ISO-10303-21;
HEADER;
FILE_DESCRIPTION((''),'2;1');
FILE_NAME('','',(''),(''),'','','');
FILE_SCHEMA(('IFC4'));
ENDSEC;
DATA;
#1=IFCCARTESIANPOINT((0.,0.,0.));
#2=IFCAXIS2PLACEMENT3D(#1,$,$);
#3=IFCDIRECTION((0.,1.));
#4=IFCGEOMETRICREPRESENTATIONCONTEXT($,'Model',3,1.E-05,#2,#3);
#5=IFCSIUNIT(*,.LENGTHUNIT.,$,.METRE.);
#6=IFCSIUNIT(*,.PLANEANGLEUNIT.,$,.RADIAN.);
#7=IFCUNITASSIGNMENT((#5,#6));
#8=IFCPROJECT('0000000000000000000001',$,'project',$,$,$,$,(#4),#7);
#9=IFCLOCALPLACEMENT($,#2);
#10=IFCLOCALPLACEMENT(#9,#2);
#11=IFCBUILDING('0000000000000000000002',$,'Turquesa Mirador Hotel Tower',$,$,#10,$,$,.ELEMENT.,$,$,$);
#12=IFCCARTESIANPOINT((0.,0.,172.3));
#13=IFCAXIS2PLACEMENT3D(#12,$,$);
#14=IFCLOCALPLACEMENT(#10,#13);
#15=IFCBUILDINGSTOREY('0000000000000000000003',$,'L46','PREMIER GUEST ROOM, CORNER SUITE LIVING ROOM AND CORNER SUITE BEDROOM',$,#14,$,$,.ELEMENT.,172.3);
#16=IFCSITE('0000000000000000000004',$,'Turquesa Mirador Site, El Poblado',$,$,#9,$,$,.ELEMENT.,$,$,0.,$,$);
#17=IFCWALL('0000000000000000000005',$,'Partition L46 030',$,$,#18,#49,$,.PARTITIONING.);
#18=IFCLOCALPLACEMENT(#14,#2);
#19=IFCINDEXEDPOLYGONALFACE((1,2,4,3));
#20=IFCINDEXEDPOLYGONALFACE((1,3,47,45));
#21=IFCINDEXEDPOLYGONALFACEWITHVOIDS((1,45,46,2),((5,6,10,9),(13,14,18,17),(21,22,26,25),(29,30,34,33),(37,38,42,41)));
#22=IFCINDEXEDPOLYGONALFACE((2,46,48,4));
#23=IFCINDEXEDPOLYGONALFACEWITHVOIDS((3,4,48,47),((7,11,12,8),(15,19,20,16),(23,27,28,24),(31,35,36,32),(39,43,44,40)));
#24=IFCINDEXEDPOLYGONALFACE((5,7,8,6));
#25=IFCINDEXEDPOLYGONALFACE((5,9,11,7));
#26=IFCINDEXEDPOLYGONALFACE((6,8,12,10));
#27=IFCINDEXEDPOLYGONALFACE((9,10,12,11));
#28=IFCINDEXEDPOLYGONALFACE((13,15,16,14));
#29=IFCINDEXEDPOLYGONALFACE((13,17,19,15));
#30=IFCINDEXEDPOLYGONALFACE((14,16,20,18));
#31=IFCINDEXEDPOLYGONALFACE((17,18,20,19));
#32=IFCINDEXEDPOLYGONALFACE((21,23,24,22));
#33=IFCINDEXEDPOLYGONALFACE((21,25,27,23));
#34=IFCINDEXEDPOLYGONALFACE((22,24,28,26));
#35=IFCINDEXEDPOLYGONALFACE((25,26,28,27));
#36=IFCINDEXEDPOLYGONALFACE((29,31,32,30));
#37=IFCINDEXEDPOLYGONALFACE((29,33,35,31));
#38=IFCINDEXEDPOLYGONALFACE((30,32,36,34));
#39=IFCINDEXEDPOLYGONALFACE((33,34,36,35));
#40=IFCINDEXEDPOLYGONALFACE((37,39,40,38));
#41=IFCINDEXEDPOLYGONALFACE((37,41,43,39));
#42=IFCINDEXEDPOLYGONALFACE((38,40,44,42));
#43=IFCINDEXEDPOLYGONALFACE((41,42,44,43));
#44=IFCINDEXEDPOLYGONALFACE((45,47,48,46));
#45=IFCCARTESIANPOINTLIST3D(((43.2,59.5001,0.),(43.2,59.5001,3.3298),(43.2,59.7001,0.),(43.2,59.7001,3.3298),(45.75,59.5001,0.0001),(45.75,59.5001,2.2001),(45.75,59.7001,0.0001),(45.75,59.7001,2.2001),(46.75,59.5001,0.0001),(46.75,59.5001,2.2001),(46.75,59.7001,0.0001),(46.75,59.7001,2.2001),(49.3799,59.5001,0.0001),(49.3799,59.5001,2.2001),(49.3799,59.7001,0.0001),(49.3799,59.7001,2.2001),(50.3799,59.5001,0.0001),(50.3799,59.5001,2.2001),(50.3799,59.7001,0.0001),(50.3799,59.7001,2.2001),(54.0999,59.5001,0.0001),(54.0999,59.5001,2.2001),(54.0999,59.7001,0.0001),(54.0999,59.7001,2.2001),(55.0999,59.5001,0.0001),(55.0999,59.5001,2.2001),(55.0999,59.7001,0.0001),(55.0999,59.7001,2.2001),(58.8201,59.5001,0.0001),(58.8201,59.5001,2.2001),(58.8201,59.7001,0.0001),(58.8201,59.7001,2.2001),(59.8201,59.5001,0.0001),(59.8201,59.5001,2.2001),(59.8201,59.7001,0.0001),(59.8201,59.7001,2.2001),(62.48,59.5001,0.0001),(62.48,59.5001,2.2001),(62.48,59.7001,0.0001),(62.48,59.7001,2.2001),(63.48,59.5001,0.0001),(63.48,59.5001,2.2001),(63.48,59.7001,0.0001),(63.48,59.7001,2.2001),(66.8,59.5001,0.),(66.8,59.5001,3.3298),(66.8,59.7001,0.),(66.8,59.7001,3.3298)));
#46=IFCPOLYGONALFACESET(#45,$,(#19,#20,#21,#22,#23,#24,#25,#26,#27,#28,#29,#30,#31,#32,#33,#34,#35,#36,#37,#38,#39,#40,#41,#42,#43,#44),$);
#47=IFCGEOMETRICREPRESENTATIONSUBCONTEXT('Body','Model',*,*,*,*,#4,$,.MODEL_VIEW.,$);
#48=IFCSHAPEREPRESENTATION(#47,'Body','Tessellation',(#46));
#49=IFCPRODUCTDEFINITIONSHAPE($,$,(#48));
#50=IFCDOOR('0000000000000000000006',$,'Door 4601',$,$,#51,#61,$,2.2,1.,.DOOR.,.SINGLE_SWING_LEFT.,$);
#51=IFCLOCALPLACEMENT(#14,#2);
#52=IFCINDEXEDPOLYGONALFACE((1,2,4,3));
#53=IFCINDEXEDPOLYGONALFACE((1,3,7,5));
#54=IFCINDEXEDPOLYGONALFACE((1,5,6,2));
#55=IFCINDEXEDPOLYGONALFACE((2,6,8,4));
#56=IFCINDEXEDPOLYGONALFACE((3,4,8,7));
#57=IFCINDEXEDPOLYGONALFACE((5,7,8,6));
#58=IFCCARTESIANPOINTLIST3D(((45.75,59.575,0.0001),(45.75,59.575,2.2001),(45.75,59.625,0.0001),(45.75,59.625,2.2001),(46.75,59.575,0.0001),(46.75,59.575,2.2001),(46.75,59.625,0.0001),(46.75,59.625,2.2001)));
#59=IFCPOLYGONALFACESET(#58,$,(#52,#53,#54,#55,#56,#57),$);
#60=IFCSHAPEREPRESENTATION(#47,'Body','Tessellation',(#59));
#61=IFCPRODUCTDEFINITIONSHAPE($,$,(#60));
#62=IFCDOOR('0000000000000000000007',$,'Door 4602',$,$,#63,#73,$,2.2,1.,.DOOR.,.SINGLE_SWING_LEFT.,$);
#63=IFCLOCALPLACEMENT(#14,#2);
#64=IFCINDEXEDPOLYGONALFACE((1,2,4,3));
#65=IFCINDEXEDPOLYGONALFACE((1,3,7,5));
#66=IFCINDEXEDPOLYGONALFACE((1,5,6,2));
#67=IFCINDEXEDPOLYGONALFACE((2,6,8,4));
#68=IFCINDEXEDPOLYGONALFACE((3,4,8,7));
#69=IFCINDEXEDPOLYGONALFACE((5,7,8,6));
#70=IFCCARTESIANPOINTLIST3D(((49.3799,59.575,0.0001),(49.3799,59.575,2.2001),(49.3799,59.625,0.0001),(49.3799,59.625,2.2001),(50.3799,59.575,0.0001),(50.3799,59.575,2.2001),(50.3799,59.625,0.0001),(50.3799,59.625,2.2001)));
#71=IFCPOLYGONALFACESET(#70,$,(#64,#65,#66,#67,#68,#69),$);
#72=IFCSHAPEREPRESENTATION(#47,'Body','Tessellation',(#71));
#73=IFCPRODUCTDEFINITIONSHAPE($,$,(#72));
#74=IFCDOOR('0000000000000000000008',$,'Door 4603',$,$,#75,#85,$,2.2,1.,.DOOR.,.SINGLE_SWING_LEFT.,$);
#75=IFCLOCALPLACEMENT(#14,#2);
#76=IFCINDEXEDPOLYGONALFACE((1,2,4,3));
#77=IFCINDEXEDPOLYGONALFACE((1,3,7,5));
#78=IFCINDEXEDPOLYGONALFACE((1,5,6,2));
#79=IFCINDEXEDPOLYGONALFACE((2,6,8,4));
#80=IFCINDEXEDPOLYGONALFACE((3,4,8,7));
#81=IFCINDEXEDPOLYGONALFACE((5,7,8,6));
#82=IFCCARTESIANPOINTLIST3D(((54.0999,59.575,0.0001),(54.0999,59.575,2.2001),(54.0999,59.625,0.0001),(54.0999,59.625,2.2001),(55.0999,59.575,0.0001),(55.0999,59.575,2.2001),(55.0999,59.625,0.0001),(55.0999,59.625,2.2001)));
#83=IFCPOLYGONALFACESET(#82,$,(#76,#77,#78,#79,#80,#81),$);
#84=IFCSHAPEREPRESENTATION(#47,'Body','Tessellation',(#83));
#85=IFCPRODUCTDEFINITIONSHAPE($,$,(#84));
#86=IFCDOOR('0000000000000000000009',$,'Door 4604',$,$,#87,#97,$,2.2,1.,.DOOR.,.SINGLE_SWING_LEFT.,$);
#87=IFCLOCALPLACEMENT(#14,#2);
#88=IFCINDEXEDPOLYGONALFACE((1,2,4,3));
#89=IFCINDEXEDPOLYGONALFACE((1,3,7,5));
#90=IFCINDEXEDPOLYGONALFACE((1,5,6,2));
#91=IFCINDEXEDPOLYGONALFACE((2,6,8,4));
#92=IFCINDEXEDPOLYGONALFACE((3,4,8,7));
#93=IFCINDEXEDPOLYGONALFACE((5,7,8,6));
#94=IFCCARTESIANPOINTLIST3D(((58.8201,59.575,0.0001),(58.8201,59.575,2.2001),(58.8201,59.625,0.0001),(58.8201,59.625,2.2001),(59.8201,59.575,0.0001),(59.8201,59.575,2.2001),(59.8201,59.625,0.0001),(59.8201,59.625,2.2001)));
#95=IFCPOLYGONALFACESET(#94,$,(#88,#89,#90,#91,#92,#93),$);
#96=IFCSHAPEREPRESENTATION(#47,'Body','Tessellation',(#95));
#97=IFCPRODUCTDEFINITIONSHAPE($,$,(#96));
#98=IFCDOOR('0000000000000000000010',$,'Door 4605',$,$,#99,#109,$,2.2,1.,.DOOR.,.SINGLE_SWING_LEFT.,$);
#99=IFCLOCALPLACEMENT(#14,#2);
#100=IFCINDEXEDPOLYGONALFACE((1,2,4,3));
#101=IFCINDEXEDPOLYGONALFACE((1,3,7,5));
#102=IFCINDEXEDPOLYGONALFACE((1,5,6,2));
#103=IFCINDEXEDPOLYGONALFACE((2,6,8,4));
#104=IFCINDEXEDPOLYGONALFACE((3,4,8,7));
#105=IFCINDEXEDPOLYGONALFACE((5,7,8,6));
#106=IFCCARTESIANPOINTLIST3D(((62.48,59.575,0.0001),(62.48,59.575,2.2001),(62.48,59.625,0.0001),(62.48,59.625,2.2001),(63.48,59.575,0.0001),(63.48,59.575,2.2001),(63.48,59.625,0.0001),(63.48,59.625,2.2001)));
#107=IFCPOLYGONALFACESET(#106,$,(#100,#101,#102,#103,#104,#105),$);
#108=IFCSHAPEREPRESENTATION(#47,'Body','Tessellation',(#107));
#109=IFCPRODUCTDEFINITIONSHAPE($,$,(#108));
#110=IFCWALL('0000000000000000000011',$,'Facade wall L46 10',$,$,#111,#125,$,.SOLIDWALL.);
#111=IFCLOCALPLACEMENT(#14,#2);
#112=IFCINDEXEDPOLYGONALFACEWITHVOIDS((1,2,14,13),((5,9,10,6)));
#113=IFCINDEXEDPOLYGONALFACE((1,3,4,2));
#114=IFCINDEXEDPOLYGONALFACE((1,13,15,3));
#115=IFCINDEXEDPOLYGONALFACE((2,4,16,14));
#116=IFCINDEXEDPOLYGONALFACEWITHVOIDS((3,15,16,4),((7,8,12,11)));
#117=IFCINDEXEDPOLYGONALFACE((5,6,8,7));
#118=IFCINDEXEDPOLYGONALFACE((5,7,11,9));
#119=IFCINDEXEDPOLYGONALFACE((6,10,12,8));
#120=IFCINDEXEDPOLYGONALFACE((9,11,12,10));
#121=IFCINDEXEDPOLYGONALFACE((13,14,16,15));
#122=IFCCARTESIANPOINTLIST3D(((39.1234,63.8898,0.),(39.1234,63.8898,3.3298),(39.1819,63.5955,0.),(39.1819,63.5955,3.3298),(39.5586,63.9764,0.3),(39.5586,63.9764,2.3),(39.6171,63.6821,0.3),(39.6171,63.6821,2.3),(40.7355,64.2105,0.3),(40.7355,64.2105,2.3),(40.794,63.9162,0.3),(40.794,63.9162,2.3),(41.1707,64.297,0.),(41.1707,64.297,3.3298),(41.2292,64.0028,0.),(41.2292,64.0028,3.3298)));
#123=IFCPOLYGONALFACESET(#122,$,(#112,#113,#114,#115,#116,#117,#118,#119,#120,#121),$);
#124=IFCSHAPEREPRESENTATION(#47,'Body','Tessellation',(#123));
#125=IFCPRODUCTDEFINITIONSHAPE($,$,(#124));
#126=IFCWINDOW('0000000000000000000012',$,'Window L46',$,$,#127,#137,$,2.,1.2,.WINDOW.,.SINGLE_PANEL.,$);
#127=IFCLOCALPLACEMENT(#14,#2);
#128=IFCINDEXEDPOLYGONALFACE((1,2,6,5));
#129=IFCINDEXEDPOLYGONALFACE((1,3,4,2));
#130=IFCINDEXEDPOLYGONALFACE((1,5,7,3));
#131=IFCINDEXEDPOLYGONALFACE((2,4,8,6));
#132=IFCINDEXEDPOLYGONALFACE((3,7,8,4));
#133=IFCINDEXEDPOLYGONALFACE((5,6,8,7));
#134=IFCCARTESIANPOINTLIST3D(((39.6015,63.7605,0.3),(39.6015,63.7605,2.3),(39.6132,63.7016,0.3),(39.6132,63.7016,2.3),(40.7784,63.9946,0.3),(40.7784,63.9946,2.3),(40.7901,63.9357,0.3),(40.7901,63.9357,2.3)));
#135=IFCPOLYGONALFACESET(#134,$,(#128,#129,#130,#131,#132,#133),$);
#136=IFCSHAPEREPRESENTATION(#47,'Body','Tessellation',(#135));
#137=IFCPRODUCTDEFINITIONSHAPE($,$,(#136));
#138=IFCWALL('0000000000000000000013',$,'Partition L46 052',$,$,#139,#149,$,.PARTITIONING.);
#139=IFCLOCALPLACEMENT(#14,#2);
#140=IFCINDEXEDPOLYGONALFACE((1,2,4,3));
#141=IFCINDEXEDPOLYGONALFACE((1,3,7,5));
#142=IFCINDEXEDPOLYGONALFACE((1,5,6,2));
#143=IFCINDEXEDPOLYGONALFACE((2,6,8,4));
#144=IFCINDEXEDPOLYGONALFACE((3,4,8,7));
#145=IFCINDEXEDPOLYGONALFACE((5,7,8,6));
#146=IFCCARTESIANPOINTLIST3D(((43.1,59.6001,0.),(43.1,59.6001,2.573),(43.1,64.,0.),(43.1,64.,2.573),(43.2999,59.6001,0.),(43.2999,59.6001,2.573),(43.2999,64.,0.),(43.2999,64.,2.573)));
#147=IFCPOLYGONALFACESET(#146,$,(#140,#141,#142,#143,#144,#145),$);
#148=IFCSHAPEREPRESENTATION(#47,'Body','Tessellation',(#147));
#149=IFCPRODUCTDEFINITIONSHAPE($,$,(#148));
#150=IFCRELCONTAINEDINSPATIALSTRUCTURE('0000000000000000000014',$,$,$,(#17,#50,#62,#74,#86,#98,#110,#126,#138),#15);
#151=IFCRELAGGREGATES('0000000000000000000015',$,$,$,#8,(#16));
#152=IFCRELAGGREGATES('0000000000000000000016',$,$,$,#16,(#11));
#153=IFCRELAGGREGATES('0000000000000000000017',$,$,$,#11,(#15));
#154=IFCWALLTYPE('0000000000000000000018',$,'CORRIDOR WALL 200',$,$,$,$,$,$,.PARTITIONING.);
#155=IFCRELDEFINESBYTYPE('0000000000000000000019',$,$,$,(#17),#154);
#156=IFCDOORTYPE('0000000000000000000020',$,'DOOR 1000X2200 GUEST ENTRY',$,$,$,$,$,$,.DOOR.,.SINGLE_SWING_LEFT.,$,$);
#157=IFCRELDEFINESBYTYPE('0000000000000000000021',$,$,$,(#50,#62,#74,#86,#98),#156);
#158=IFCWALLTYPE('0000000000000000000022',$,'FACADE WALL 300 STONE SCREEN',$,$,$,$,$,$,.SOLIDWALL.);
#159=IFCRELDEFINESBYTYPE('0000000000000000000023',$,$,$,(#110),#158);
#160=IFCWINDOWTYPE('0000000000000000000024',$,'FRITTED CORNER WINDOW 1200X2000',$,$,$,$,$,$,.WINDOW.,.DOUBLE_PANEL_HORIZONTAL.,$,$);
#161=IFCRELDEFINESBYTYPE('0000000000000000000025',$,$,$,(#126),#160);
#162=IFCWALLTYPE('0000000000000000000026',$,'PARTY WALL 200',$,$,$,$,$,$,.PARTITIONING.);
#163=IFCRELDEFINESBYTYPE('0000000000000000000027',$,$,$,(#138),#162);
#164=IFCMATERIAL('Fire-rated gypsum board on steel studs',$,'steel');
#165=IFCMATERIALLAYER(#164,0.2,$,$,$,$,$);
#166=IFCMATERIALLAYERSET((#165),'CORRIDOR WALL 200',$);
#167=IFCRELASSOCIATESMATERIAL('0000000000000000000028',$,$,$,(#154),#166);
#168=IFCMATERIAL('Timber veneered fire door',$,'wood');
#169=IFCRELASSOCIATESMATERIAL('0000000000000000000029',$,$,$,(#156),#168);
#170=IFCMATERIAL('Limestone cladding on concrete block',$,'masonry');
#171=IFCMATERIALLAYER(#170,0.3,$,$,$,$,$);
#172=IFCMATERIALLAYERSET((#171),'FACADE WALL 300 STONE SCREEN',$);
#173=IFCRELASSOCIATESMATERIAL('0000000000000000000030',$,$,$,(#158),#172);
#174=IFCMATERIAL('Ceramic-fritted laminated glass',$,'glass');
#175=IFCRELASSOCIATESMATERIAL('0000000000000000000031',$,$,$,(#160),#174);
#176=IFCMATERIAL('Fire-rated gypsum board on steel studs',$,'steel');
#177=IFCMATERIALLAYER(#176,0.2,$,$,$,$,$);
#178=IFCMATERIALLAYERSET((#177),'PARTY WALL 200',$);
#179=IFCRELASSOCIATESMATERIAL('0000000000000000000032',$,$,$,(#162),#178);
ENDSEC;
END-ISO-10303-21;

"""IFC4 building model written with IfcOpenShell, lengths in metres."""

from ifc_helpers import new_model, si_unit, direction, frame, frame_2d, origin, place, context, subcontext, project, spatial, rectangle, extrude, material, layer, layer_set, type_object, element, fill, save


model = new_model("IFC4")

# Units and contexts
model_context = context("Model", 3, precision=1e-05, world=origin(), true_north=direction((0.0, 1.0)))
body_context = subcontext(model_context, "Body", "Model", "MODEL_VIEW")
ifc_project = project(units=[si_unit("LENGTHUNIT", "METRE"), si_unit("PLANEANGLEUNIT", "RADIAN")], contexts=[model_context])

# Site, building, storey
site_placement = place(None, origin())
site = spatial("IfcSite", under=ifc_project, at=site_placement, Name="Turquesa Mirador Site, El Poblado", CompositionType="ELEMENT", RefElevation=0.0)
building_placement = place(site_placement, origin())
building = spatial("IfcBuilding", under=site, at=building_placement, Name="Turquesa Mirador Hotel Tower", CompositionType="ELEMENT")
storey_placement = place(building_placement, frame((0.0, 0.0, 172.3)))
storey = spatial("IfcBuildingStorey", under=building, at=storey_placement, Name="L46", Description="PREMIER GUEST ROOM, CORNER SUITE LIVING ROOM AND CORNER SUITE BEDROOM", CompositionType="ELEMENT", Elevation=172.3)

# Wall, openings, doors
ifc_material_1 = material(Name="Fire-rated gypsum board on steel studs", Category="steel")
ifc_layer_1 = layer(ifc_material_1, 0.2)
ifc_layer_set_1 = layer_set([ifc_layer_1], Name="CORRIDOR WALL 200")
wall_type_1 = type_object("IfcWallType", Name="CORRIDOR WALL 200", PredefinedType="PARTITIONING", material=ifc_layer_set_1)
wall_1_placement = place(storey_placement, frame((43.2, 59.6001, 0.0), z_axis=(0.0, 0.0, 1.0), x_axis=(1.0, 0.0, 0.0)))
wall_1 = element("IfcWall", 1, at=wall_1_placement, inside=storey, type_object=wall_type_1, Name="Partition L46 030", PredefinedType="PARTITIONING", context=body_context, shape_type="SweptSolid", body=[
    extrude(rectangle(XDim=23.6001, YDim=0.2, at=frame_2d((11.8, 0.0))), origin(), (0.0, 0.0, 1.0), 3.3298),
])
opening_1_placement = place(wall_1_placement, frame((2.55, 0.0, 0.0)))
opening_1 = element("IfcOpeningElement", 2, at=opening_1_placement, cuts=wall_1, PredefinedType="OPENING", context=body_context, shape_type="SweptSolid", body=[
    extrude(rectangle(XDim=1.0, YDim=2.2, at=frame_2d((0.5, 1.1001))), frame((0.0, 0.1099, 0.0), z_axis=(0.0, -1.0, 0.0), x_axis=(1.0, 0.0, 0.0)), (0.0, 0.0, 1.0), 0.22),
])
opening_2_placement = place(wall_1_placement, frame((6.1799, 0.0, 0.0)))
opening_2 = element("IfcOpeningElement", 3, at=opening_2_placement, cuts=wall_1, PredefinedType="OPENING", context=body_context, shape_type="SweptSolid", body=[
    extrude(rectangle(XDim=1.0, YDim=2.2, at=frame_2d((0.5, 1.1001))), frame((0.0, 0.1099, 0.0), z_axis=(0.0, -1.0, 0.0), x_axis=(1.0, 0.0, 0.0)), (0.0, 0.0, 1.0), 0.22),
])
opening_3_placement = place(wall_1_placement, frame((10.8999, 0.0, 0.0)))
opening_3 = element("IfcOpeningElement", 4, at=opening_3_placement, cuts=wall_1, PredefinedType="OPENING", context=body_context, shape_type="SweptSolid", body=[
    extrude(rectangle(XDim=1.0, YDim=2.2, at=frame_2d((0.5, 1.1001))), frame((0.0, 0.1099, 0.0), z_axis=(0.0, -1.0, 0.0), x_axis=(1.0, 0.0, 0.0)), (0.0, 0.0, 1.0), 0.22),
])
opening_4_placement = place(wall_1_placement, frame((15.6201, 0.0, 0.0)))
opening_4 = element("IfcOpeningElement", 5, at=opening_4_placement, cuts=wall_1, PredefinedType="OPENING", context=body_context, shape_type="SweptSolid", body=[
    extrude(rectangle(XDim=1.0, YDim=2.2, at=frame_2d((0.5, 1.1001))), frame((0.0, 0.1099, 0.0), z_axis=(0.0, -1.0, 0.0), x_axis=(1.0, 0.0, 0.0)), (0.0, 0.0, 1.0), 0.22),
])
opening_5_placement = place(wall_1_placement, frame((19.28, 0.0, 0.0)))
opening_5 = element("IfcOpeningElement", 6, at=opening_5_placement, cuts=wall_1, PredefinedType="OPENING", context=body_context, shape_type="SweptSolid", body=[
    extrude(rectangle(XDim=1.0, YDim=2.2, at=frame_2d((0.5, 1.1001))), frame((0.0, 0.1099, 0.0), z_axis=(0.0, -1.0, 0.0), x_axis=(1.0, 0.0, 0.0)), (0.0, 0.0, 1.0), 0.22),
])
ifc_material_2 = material(Name="Timber veneered fire door", Category="wood")
door_type_1 = type_object("IfcDoorType", Name="DOOR 1000X2200 GUEST ENTRY", OperationType="SINGLE_SWING_LEFT", PredefinedType="DOOR", material=ifc_material_2)
door_1_placement = place(opening_1_placement, origin())
door_1 = element("IfcDoor", 7, at=door_1_placement, inside=storey, type_object=door_type_1, Name="Door 4601", OperationType="SINGLE_SWING_LEFT", OverallHeight=2.2, OverallWidth=1.0, PredefinedType="DOOR", context=body_context, shape_type="SweptSolid", body=[
    extrude(rectangle(XDim=1.0, YDim=2.2, at=frame_2d((0.5, 1.1001))), frame((0.0, 0.0249, 0.0), z_axis=(0.0, -1.0, 0.0), x_axis=(1.0, 0.0, 0.0)), (0.0, 0.0, 1.0), 0.05),
])
fill(opening_1, door_1)
door_2_placement = place(opening_2_placement, origin())
door_2 = element("IfcDoor", 8, at=door_2_placement, inside=storey, type_object=door_type_1, Name="Door 4602", OperationType="SINGLE_SWING_LEFT", OverallHeight=2.2, OverallWidth=1.0, PredefinedType="DOOR", context=body_context, shape_type="SweptSolid", body=[
    extrude(rectangle(XDim=1.0, YDim=2.2, at=frame_2d((0.5, 1.1001))), frame((0.0, 0.0249, 0.0), z_axis=(0.0, -1.0, 0.0), x_axis=(1.0, 0.0, 0.0)), (0.0, 0.0, 1.0), 0.05),
])
fill(opening_2, door_2)
door_3_placement = place(opening_3_placement, origin())
door_3 = element("IfcDoor", 9, at=door_3_placement, inside=storey, type_object=door_type_1, Name="Door 4603", OperationType="SINGLE_SWING_LEFT", OverallHeight=2.2, OverallWidth=1.0, PredefinedType="DOOR", context=body_context, shape_type="SweptSolid", body=[
    extrude(rectangle(XDim=1.0, YDim=2.2, at=frame_2d((0.5, 1.1001))), frame((0.0, 0.0249, 0.0), z_axis=(0.0, -1.0, 0.0), x_axis=(1.0, 0.0, 0.0)), (0.0, 0.0, 1.0), 0.05),
])
fill(opening_3, door_3)
door_4_placement = place(opening_4_placement, origin())
door_4 = element("IfcDoor", 10, at=door_4_placement, inside=storey, type_object=door_type_1, Name="Door 4604", OperationType="SINGLE_SWING_LEFT", OverallHeight=2.2, OverallWidth=1.0, PredefinedType="DOOR", context=body_context, shape_type="SweptSolid", body=[
    extrude(rectangle(XDim=1.0, YDim=2.2, at=frame_2d((0.5, 1.1001))), frame((0.0, 0.0249, 0.0), z_axis=(0.0, -1.0, 0.0), x_axis=(1.0, 0.0, 0.0)), (0.0, 0.0, 1.0), 0.05),
])
fill(opening_4, door_4)
door_5_placement = place(opening_5_placement, origin())
door_5 = element("IfcDoor", 11, at=door_5_placement, inside=storey, type_object=door_type_1, Name="Door 4605", OperationType="SINGLE_SWING_LEFT", OverallHeight=2.2, OverallWidth=1.0, PredefinedType="DOOR", context=body_context, shape_type="SweptSolid", body=[
    extrude(rectangle(XDim=1.0, YDim=2.2, at=frame_2d((0.5, 1.1001))), frame((0.0, 0.0249, 0.0), z_axis=(0.0, -1.0, 0.0), x_axis=(1.0, 0.0, 0.0)), (0.0, 0.0, 1.0), 0.05),
])
fill(opening_5, door_5)

# Wall, opening, window
ifc_material_3 = material(Name="Limestone cladding on concrete block", Category="masonry")
ifc_layer_2 = layer(ifc_material_3, 0.3)
ifc_layer_set_2 = layer_set([ifc_layer_2], Name="FACADE WALL 300 STONE SCREEN")
wall_type_2 = type_object("IfcWallType", Name="FACADE WALL 300 STONE SCREEN", PredefinedType="SOLIDWALL", material=ifc_layer_set_2)
wall_2_placement = place(storey_placement, frame((41.2, 64.1499, 0.0), z_axis=(0.0, 0.0, 1.0), x_axis=(-0.980787, -0.195081, 0.0)))
wall_2 = element("IfcWall", 12, at=wall_2_placement, inside=storey, type_object=wall_type_2, Name="Facade wall L46 10", PredefinedType="SOLIDWALL", context=body_context, shape_type="SweptSolid", body=[
    extrude(rectangle(XDim=2.0874, YDim=0.3, at=frame_2d((1.0437, 0.0))), origin(), (0.0, 0.0, 1.0), 3.3298),
])
opening_6_placement = place(wall_2_placement, frame((0.4436, 0.0, 0.3)))
opening_6 = element("IfcOpeningElement", 13, at=opening_6_placement, cuts=wall_2, PredefinedType="OPENING", context=body_context, shape_type="SweptSolid", body=[
    extrude(rectangle(XDim=1.2, YDim=2.0, at=frame_2d((0.6001, 1.0))), frame((0.0, 0.1599, 0.0), z_axis=(0.0, -1.0, 0.0), x_axis=(1.0, 0.0, 0.0)), (0.0, 0.0, 1.0), 0.3201),
])
ifc_material_4 = material(Name="Ceramic-fritted laminated glass", Category="glass")
window_type = type_object("IfcWindowType", Name="FRITTED CORNER WINDOW 1200X2000", PartitioningType="DOUBLE_PANEL_HORIZONTAL", PredefinedType="WINDOW", material=ifc_material_4)
window_placement = place(opening_6_placement, origin())
window = element("IfcWindow", 14, at=window_placement, inside=storey, type_object=window_type, Name="Window L46", OverallHeight=2.0, OverallWidth=1.2, PartitioningType="SINGLE_PANEL", PredefinedType="WINDOW", context=body_context, shape_type="SweptSolid", body=[
    extrude(rectangle(XDim=1.2, YDim=2.0, at=frame_2d((0.6001, 1.0))), frame((0.0, 0.1301, 0.0), z_axis=(0.0, -1.0, 0.0), x_axis=(1.0, 0.0, 0.0)), (0.0, 0.0, 1.0), 0.0601),
])
fill(opening_6, window)

# Wall
ifc_material_5 = material(Name="Fire-rated gypsum board on steel studs", Category="steel")
ifc_layer_3 = layer(ifc_material_5, 0.2)
ifc_layer_set_3 = layer_set([ifc_layer_3], Name="PARTY WALL 200")
wall_type_3 = type_object("IfcWallType", Name="PARTY WALL 200", PredefinedType="PARTITIONING", material=ifc_layer_set_3)
wall_3_placement = place(storey_placement, frame((43.2, 59.6001, 0.0), z_axis=(0.0, 0.0, 1.0), x_axis=(0.0, 1.0, 0.0)))
element("IfcWall", 15, at=wall_3_placement, inside=storey, type_object=wall_type_3, Name="Partition L46 052", PredefinedType="PARTITIONING", context=body_context, shape_type="SweptSolid", body=[
    extrude(rectangle(XDim=4.3999, YDim=0.2, at=frame_2d((2.2, 0.0))), origin(), (0.0, 0.0, 1.0), 2.573),
])

save(model, "model.ifc")
